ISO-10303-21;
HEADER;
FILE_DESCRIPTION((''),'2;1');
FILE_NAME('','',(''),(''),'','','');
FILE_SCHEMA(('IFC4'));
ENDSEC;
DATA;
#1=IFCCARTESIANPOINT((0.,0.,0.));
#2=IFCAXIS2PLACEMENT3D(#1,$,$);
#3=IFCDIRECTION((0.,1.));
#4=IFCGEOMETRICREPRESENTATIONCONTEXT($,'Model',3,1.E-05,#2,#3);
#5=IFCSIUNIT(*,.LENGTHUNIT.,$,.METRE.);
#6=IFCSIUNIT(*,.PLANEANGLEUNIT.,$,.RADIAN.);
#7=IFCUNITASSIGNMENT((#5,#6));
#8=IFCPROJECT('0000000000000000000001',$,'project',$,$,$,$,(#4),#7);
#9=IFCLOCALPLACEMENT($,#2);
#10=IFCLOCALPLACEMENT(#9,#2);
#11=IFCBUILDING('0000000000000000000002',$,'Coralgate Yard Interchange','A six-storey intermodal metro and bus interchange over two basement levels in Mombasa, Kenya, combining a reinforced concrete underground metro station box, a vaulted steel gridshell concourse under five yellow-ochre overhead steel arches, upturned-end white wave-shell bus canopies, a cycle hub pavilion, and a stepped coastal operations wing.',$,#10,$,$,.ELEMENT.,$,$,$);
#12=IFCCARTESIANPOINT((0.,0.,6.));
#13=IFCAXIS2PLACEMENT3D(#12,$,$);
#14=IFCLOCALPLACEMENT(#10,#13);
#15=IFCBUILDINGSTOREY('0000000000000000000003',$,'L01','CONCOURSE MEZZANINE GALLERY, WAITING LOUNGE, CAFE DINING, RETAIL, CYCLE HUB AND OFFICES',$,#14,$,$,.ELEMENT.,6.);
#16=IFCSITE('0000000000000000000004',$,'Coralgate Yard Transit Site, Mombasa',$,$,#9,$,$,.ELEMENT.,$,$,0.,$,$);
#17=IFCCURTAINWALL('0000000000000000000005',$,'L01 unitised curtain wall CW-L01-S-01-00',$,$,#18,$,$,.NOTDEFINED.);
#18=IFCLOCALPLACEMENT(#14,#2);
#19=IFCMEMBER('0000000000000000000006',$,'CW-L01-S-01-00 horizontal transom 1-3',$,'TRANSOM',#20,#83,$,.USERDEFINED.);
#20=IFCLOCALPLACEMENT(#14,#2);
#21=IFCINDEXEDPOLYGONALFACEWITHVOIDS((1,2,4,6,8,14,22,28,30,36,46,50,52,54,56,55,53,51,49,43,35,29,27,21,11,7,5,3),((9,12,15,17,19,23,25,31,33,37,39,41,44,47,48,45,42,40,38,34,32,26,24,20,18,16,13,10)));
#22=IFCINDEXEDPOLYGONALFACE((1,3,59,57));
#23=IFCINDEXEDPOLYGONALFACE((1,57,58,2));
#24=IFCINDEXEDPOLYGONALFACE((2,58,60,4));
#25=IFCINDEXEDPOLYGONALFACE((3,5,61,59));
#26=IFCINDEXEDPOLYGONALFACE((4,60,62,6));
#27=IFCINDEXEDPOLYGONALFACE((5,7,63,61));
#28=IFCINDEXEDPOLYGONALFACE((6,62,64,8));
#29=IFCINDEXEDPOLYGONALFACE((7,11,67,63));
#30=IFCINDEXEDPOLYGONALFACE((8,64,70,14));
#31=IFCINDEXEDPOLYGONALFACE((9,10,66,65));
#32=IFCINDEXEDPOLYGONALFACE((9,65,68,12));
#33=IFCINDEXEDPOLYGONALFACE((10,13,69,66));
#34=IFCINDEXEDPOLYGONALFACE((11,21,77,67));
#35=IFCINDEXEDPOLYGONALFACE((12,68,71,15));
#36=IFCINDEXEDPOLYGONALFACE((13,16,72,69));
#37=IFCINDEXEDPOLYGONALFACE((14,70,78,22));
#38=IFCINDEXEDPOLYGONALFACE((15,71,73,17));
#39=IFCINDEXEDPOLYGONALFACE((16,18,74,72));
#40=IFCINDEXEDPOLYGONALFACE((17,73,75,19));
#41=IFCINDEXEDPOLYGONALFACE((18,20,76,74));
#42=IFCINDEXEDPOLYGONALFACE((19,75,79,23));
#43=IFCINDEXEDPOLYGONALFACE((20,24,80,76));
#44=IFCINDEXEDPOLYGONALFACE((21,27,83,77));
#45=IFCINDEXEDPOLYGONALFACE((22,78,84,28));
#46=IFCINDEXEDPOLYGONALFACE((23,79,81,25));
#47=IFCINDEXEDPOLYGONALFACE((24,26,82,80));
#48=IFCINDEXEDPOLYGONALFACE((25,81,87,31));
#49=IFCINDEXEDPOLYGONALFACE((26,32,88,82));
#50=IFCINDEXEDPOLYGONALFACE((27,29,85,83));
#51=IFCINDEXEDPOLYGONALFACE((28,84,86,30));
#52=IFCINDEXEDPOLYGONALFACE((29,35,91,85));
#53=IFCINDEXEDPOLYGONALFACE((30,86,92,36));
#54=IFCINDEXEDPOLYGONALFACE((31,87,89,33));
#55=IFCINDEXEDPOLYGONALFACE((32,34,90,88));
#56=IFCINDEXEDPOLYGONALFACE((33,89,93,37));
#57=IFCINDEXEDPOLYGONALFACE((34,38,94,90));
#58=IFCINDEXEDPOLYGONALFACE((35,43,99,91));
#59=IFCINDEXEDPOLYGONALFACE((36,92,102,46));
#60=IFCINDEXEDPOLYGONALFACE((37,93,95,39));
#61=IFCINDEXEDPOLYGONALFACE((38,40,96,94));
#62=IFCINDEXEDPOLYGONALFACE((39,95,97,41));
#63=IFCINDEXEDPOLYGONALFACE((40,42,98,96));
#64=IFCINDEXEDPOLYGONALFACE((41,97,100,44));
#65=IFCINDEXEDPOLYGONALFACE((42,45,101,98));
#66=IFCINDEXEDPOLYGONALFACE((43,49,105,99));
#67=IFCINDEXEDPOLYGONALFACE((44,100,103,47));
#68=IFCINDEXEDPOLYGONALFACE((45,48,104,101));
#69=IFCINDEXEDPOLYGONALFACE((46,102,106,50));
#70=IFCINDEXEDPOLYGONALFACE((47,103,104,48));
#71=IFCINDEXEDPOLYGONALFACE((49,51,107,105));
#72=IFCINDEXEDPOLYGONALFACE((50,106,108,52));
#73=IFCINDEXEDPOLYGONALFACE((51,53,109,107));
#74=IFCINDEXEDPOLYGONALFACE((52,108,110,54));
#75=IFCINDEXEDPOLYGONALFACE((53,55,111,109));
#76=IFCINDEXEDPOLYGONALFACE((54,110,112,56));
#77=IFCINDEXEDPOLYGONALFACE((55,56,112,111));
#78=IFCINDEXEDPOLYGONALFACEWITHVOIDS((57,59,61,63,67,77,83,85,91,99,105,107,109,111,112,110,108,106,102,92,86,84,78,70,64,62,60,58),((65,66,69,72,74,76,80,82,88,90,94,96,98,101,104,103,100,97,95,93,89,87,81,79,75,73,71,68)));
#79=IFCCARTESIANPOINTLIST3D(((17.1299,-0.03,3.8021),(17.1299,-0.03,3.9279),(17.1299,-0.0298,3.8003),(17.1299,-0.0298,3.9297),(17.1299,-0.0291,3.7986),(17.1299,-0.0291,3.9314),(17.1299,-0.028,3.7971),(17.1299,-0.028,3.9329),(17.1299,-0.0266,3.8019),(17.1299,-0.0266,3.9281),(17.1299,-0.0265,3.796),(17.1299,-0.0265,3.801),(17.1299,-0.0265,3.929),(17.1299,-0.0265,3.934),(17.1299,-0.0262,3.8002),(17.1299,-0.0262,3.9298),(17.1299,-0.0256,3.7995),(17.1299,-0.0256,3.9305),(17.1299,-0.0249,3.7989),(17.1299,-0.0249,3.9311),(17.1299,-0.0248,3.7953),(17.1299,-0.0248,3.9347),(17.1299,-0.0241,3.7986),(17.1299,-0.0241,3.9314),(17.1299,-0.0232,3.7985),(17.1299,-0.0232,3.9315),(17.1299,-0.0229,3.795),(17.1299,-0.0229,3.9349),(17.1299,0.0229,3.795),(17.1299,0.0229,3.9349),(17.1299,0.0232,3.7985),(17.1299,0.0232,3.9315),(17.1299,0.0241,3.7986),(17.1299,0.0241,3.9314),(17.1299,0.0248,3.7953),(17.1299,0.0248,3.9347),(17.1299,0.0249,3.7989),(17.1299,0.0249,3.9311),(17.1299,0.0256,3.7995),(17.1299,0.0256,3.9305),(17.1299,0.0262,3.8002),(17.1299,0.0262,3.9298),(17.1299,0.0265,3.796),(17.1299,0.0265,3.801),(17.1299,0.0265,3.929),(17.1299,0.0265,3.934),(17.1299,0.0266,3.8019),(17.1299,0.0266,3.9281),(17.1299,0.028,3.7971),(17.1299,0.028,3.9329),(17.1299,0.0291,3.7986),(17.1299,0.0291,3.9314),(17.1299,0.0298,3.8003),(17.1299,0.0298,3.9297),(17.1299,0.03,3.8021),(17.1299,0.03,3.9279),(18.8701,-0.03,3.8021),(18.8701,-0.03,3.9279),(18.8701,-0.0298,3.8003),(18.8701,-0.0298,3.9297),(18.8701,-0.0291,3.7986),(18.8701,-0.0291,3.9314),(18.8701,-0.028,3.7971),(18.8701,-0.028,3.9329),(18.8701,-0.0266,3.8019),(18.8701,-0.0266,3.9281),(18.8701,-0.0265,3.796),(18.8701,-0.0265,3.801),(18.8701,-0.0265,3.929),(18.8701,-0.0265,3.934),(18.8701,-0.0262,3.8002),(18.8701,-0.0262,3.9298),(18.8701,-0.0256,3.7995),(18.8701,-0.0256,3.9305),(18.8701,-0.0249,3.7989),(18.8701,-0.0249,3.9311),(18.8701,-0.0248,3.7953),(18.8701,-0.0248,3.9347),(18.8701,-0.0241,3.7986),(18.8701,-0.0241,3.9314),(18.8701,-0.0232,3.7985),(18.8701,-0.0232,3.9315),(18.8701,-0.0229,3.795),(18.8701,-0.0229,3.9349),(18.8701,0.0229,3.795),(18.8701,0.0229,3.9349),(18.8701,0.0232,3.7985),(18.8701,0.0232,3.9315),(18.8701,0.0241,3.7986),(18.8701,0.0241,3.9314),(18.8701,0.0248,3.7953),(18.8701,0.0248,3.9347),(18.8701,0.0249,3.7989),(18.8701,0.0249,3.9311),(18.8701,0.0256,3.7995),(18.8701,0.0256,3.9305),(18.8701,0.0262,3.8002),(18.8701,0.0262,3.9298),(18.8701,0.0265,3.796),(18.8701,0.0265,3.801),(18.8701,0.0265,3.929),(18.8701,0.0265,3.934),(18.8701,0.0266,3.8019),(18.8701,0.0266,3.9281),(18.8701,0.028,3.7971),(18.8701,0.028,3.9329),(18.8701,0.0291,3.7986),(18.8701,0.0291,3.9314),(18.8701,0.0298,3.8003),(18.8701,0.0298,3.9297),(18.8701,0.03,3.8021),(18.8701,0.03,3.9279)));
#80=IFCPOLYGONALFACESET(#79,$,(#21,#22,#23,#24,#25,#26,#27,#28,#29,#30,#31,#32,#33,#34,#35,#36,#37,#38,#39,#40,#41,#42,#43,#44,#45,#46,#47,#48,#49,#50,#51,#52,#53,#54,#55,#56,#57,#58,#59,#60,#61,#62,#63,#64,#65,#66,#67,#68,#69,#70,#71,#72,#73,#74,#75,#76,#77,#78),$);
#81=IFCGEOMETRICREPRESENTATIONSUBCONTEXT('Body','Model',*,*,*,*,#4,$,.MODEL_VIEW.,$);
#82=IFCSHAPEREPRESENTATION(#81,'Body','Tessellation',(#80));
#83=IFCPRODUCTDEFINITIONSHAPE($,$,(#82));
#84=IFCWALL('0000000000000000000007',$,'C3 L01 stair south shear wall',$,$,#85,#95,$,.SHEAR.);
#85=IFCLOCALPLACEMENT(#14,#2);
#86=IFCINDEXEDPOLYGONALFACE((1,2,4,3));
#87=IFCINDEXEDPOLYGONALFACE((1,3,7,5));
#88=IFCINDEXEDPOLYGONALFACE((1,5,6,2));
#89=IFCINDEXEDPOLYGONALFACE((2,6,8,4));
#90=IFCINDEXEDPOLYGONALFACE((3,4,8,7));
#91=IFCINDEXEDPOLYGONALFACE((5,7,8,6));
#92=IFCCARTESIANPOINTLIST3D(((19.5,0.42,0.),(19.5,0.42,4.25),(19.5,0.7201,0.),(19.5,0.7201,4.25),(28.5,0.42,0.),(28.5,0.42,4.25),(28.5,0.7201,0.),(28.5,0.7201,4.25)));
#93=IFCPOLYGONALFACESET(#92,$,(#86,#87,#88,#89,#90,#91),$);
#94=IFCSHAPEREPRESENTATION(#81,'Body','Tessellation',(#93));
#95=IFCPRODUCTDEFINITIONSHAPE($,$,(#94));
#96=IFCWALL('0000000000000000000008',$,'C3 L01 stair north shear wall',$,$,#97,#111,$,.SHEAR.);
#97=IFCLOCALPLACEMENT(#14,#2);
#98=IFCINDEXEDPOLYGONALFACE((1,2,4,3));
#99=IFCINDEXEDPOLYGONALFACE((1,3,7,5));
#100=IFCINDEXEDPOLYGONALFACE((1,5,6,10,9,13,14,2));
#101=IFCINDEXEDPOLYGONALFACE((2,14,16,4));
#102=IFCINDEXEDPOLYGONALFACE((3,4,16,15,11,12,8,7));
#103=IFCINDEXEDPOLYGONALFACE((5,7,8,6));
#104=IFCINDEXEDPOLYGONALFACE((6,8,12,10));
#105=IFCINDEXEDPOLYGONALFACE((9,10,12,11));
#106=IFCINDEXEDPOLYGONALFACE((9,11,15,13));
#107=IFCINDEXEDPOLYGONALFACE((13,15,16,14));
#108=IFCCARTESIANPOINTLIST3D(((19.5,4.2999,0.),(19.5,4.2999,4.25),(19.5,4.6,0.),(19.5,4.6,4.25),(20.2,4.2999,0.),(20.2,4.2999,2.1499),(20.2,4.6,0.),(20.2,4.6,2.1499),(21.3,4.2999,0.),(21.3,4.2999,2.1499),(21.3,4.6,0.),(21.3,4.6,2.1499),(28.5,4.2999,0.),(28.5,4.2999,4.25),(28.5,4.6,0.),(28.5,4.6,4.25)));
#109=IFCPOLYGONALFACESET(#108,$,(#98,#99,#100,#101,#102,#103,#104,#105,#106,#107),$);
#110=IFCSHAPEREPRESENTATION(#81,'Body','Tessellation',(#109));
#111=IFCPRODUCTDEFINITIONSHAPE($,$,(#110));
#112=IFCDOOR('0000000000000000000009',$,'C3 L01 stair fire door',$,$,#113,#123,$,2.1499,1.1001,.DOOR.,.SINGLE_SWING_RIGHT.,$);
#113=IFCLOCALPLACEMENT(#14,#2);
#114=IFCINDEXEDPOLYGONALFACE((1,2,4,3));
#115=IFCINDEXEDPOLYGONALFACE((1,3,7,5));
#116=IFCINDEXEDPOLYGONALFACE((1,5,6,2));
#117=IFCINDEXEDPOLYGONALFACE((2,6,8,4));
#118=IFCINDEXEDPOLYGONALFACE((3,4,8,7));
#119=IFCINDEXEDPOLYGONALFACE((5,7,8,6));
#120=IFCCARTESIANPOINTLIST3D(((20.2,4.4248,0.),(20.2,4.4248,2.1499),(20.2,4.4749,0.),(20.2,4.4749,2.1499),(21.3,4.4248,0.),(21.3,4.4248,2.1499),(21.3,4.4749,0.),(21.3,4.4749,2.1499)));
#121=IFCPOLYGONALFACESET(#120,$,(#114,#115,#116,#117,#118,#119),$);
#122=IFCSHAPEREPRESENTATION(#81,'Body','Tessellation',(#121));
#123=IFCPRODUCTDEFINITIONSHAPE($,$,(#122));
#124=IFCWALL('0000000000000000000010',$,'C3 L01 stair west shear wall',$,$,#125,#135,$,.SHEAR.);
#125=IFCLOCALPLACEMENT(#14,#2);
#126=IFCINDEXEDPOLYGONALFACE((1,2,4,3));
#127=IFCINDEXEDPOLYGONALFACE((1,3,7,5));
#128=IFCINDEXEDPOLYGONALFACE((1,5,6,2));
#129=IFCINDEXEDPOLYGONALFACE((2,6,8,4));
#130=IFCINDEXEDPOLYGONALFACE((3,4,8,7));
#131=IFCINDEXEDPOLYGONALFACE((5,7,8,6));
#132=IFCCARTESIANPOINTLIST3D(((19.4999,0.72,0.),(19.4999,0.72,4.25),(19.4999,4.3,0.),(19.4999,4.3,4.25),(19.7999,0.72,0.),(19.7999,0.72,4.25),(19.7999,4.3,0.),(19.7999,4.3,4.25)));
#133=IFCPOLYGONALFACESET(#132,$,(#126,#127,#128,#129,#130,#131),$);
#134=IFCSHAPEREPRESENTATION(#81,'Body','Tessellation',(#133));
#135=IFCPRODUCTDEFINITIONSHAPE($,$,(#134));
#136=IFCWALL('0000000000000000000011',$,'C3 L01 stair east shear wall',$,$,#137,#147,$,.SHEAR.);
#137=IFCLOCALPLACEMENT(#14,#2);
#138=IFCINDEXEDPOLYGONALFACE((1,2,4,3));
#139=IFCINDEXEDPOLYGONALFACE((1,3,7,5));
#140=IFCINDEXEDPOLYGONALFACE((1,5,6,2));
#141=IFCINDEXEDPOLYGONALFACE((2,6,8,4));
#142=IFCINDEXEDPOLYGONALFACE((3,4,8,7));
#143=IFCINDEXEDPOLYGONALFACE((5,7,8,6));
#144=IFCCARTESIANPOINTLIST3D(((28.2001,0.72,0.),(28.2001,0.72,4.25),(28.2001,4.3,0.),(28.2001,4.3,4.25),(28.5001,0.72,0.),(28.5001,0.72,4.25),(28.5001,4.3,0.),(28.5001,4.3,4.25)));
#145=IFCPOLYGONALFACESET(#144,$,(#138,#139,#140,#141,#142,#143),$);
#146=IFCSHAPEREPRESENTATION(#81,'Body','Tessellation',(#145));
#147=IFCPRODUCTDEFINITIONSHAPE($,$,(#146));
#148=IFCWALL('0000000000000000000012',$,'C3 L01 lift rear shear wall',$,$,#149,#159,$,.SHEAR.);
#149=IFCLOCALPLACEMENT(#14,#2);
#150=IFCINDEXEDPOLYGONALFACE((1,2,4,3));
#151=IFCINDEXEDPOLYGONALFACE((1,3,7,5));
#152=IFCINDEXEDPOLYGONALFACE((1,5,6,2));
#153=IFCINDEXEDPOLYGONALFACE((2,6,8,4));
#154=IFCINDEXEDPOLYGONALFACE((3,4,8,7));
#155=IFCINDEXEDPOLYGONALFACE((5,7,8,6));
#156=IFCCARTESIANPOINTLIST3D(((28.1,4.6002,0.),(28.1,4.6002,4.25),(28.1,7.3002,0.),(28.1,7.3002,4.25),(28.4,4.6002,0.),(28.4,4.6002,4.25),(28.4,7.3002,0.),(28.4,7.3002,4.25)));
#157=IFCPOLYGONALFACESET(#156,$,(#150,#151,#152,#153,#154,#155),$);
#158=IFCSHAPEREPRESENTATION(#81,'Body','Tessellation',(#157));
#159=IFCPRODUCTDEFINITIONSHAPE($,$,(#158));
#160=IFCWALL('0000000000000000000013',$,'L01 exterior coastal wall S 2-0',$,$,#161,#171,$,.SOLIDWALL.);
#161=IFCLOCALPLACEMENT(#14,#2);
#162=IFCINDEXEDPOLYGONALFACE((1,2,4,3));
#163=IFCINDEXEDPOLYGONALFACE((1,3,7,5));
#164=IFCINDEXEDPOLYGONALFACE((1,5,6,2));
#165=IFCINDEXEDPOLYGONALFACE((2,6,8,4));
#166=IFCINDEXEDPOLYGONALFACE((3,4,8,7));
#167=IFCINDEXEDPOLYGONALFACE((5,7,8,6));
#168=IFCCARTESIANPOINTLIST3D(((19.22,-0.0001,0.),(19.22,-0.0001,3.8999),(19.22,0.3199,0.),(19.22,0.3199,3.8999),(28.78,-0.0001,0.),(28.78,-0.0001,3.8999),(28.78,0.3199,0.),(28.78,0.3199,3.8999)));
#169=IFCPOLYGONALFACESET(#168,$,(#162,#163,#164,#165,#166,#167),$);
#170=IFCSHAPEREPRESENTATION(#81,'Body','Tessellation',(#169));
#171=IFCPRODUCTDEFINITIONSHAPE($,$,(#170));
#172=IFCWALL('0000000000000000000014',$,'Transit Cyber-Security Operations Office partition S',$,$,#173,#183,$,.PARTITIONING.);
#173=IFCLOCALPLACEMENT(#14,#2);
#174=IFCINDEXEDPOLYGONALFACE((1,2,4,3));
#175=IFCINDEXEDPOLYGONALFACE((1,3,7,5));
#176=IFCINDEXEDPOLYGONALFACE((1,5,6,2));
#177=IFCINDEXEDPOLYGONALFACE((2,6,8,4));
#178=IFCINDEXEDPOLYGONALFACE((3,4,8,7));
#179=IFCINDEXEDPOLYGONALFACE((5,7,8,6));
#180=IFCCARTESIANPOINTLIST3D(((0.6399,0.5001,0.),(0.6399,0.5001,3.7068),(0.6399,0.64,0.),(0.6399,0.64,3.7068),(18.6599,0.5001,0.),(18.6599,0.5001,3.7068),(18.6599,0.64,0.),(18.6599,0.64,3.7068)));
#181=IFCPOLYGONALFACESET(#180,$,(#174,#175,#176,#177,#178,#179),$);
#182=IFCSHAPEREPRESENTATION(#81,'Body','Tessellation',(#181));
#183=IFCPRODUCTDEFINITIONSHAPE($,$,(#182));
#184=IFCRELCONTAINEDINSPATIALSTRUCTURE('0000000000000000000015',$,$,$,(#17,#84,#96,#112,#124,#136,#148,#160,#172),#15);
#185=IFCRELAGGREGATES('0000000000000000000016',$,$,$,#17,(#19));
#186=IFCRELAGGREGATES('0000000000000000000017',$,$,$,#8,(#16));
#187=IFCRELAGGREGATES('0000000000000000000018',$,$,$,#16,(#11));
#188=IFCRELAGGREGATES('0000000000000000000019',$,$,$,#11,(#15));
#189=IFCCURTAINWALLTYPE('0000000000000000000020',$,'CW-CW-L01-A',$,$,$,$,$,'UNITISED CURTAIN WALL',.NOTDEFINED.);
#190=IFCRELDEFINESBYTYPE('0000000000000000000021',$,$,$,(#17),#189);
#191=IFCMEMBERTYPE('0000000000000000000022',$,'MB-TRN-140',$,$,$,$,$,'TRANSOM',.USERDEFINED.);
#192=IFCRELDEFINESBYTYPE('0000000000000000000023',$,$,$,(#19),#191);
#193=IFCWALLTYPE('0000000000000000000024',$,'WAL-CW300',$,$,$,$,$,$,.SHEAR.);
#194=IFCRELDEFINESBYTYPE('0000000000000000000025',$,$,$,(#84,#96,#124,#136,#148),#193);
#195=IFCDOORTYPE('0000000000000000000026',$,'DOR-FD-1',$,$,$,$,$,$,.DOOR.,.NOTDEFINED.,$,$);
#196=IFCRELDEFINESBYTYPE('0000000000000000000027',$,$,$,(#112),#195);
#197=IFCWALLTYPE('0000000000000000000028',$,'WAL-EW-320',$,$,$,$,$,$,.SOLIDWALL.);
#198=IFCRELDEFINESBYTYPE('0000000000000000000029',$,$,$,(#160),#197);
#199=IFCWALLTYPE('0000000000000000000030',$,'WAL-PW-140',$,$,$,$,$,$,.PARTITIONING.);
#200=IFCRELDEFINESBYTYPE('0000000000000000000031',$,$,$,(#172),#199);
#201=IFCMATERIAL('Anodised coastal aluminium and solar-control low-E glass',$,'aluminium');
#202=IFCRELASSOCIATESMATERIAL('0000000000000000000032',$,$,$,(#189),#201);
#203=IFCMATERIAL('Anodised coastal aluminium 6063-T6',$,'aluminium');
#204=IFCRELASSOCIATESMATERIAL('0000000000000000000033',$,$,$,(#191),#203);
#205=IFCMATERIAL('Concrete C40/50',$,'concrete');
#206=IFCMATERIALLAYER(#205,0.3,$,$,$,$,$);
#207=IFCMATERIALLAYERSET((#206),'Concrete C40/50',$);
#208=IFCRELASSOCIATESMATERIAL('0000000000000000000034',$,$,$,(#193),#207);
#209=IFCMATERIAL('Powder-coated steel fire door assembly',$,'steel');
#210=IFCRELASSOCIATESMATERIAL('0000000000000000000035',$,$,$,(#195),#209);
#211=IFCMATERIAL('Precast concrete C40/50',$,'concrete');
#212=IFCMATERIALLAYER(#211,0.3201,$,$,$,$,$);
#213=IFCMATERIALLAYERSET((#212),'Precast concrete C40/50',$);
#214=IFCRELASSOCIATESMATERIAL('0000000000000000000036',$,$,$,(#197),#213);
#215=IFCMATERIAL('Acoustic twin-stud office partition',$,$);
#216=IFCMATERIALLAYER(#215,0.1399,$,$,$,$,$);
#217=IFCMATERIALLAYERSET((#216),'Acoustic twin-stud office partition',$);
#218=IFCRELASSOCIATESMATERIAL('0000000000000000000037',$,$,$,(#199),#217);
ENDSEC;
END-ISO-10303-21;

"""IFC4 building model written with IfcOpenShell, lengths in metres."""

from ifc_helpers import new_model, si_unit, direction, frame, frame_2d, origin, origin_2d, place, context, subcontext, project, spatial, rectangle, hollow_rectangle, extrude, material, layer, layer_set, material_profile, profile_set, type_object, element, fill, aggregate, save


model = new_model("IFC4")

# Units and contexts
model_context = context("Model", 3, precision=1e-05, world=origin(), true_north=direction((0.0, 1.0)))
body_context = subcontext(model_context, "Body", "Model", "MODEL_VIEW")
ifc_project = project(units=[si_unit("LENGTHUNIT", "METRE"), si_unit("PLANEANGLEUNIT", "RADIAN")], contexts=[model_context])

# Site, building, storey
site_placement = place(None, origin())
site = spatial("IfcSite", under=ifc_project, at=site_placement, Name="Coralgate Yard Transit Site, Mombasa", CompositionType="ELEMENT", RefElevation=0.0)
building_placement = place(site_placement, origin())
building = spatial("IfcBuilding", under=site, at=building_placement, Name="Coralgate Yard Interchange", Description="A six-storey intermodal metro and bus interchange over two basement levels in Mombasa, Kenya, combining a reinforced concrete underground metro station box, a vaulted steel gridshell concourse under five yellow-ochre overhead steel arches, upturned-end white wave-shell bus canopies, a cycle hub pavilion, and a stepped coastal operations wing.", CompositionType="ELEMENT")
storey_placement = place(building_placement, frame((0.0, 0.0, 6.0)))
storey = spatial("IfcBuildingStorey", under=building, at=storey_placement, Name="L01", Description="CONCOURSE MEZZANINE GALLERY, WAITING LOUNGE, CAFE DINING, RETAIL, CYCLE HUB AND OFFICES", CompositionType="ELEMENT", Elevation=6.0)

# Curtain wall, member
ifc_material_1 = material(Name="Anodised coastal aluminium and solar-control low-E glass", Category="aluminium")
curtain_wall_type = type_object("IfcCurtainWallType", Name="CW-CW-L01-A", ElementType="UNITISED CURTAIN WALL", PredefinedType="NOTDEFINED", material=ifc_material_1)
curtain_wall_placement = place(storey_placement, origin())
curtain_wall = element("IfcCurtainWall", 1, at=curtain_wall_placement, inside=storey, type_object=curtain_wall_type, Name="L01 unitised curtain wall CW-L01-S-01-00", PredefinedType="NOTDEFINED")
ifc_material_2 = material(Name="Anodised coastal aluminium 6063-T6", Category="aluminium")
ifc_material_profile_1 = material_profile(ifc_material_2, hollow_rectangle(XDim=0.0601, YDim=0.1399, WallThickness=0.0034, InnerFilletRadius=0.0034, OuterFilletRadius=0.0071, at=origin_2d()), Name="ALU 60x140x3.5")
ifc_profile_set_1 = profile_set([ifc_material_profile_1], Name="Anodised coastal aluminium 6063-T6")
member_type_1 = type_object("IfcMemberType", Name="MB-TRN-140", ElementType="TRANSOM", PredefinedType="USERDEFINED", material=ifc_profile_set_1)
member_1_placement = place(storey_placement, frame((18.8701, 0.0, 3.865), z_axis=(-1.0, 0.0, 0.0), x_axis=(0.0, -1.0, 0.0)))
member_1 = element("IfcMember", 2, at=member_1_placement, type_object=member_type_1, Name="CW-L01-S-01-00 horizontal transom 1-3", ObjectType="TRANSOM", PredefinedType="USERDEFINED", context=body_context, shape_type="SweptSolid", body=[
    extrude(hollow_rectangle(XDim=0.0601, YDim=0.1399, WallThickness=0.0034, InnerFilletRadius=0.0034, OuterFilletRadius=0.0071, at=origin_2d()), origin(), (0.0, 0.0, 1.0), 1.7402),
])
aggregate(curtain_wall, [member_1])

# Wall
ifc_material_3 = material(Name="Concrete C40/50", Category="concrete")
ifc_layer_1 = layer(ifc_material_3, 0.3)
ifc_layer_set_1 = layer_set([ifc_layer_1], Name="Concrete C40/50")
wall_type_1 = type_object("IfcWallType", Name="WAL-CW300", PredefinedType="SHEAR", material=ifc_layer_set_1)
wall_1_placement = place(storey_placement, frame((19.5, 0.5701, 0.0), z_axis=(0.0, 0.0, 1.0), x_axis=(1.0, 0.0, 0.0)))
element("IfcWall", 3, at=wall_1_placement, inside=storey, type_object=wall_type_1, Name="C3 L01 stair south shear wall", PredefinedType="SHEAR", context=body_context, shape_type="SweptSolid", body=[
    extrude(rectangle(XDim=9.0, YDim=0.3, at=frame_2d((4.5, 0.0))), origin(), (0.0, 0.0, 1.0), 4.25),
])

# Wall, opening, door
wall_2_placement = place(storey_placement, frame((28.5, 4.45, 0.0), z_axis=(0.0, 0.0, 1.0), x_axis=(-1.0, 0.0, 0.0)))
wall_2 = element("IfcWall", 4, at=wall_2_placement, inside=storey, type_object=wall_type_1, Name="C3 L01 stair north shear wall", PredefinedType="SHEAR", context=body_context, shape_type="SweptSolid", body=[
    extrude(rectangle(XDim=9.0, YDim=0.3, at=frame_2d((4.5, 0.0))), origin(), (0.0, 0.0, 1.0), 4.25),
])
opening_placement = place(wall_2_placement, frame((7.2, 0.0, 0.0)))
opening = element("IfcOpeningElement", 5, at=opening_placement, cuts=wall_2, PredefinedType="OPENING", context=body_context, shape_type="SweptSolid", body=[
    extrude(rectangle(XDim=1.1001, YDim=2.1499, at=frame_2d((0.55, 1.075))), frame((0.0, 0.1599, 0.0), z_axis=(0.0, -1.0, 0.0), x_axis=(1.0, 0.0, 0.0)), (0.0, 0.0, 1.0), 0.3201),
])
ifc_material_4 = material(Name="Powder-coated steel fire door assembly", Category="steel")
door_type = type_object("IfcDoorType", Name="DOR-FD-1", OperationType="NOTDEFINED", PredefinedType="DOOR", material=ifc_material_4)
door_placement = place(opening_placement, frame((1.1001, 0.0, 0.0), z_axis=(0.0, 0.0, 1.0), x_axis=(-1.0, 0.0, 0.0)))
door = element("IfcDoor", 6, at=door_placement, inside=storey, type_object=door_type, Name="C3 L01 stair fire door", OperationType="SINGLE_SWING_RIGHT", OverallHeight=2.1499, OverallWidth=1.1001, PredefinedType="DOOR", context=body_context, shape_type="SweptSolid", body=[
    extrude(rectangle(XDim=1.1001, YDim=2.1499, at=frame_2d((0.55, 1.075))), frame((0.0, 0.0249, 0.0), z_axis=(0.0, -1.0, 0.0), x_axis=(1.0, 0.0, 0.0)), (0.0, 0.0, 1.0), 0.05),
])
fill(opening, door)

# Walls
for number, where, z_axis, x_axis, name in (
    (7, (19.6499, 0.72, 0.0), (0.0, 0.0, 1.0), (0.0, 1.0, 0.0), "C3 L01 stair west shear wall"),
    (8, (28.3501, 4.3, 0.0), (0.0, 0.0, 1.0), (0.0, -1.0, 0.0), "C3 L01 stair east shear wall"),
):
    element("IfcWall", number, at=place(storey_placement, frame(where, z_axis=z_axis, x_axis=x_axis)), inside=storey, type_object=wall_type_1, Name=name, PredefinedType="SHEAR", context=body_context, shape_type="SweptSolid", body=[
        extrude(rectangle(XDim=3.5801, YDim=0.3, at=frame_2d((1.79, 0.0))), origin(), (0.0, 0.0, 1.0), 4.25),
    ])
wall_3_placement = place(storey_placement, frame((28.25, 4.6001, 0.0), z_axis=(0.0, 0.0, 1.0), x_axis=(0.0, 1.0, 0.0)))
element("IfcWall", 9, at=wall_3_placement, inside=storey, type_object=wall_type_1, Name="C3 L01 lift rear shear wall", PredefinedType="SHEAR", context=body_context, shape_type="SweptSolid", body=[
    extrude(rectangle(XDim=2.7, YDim=0.3, at=frame_2d((1.3501, 0.0))), origin(), (0.0, 0.0, 1.0), 4.25),
])
ifc_material_5 = material(Name="Precast concrete C40/50", Category="concrete")
ifc_layer_2 = layer(ifc_material_5, 0.3201)
ifc_layer_set_2 = layer_set([ifc_layer_2], Name="Precast concrete C40/50")
wall_type_2 = type_object("IfcWallType", Name="WAL-EW-320", PredefinedType="SOLIDWALL", material=ifc_layer_set_2)
wall_4_placement = place(storey_placement, frame((28.78, 0.1599, 0.0), z_axis=(0.0, 0.0, 1.0), x_axis=(-1.0, 0.0, 0.0)))
element("IfcWall", 10, at=wall_4_placement, inside=storey, type_object=wall_type_2, Name="L01 exterior coastal wall S 2-0", PredefinedType="SOLIDWALL", context=body_context, shape_type="SweptSolid", body=[
    extrude(rectangle(XDim=9.5601, YDim=0.3201, at=frame_2d((4.78, 0.0))), origin(), (0.0, 0.0, 1.0), 3.8999),
])
ifc_material_6 = material(Name="Acoustic twin-stud office partition")
ifc_layer_3 = layer(ifc_material_6, 0.1399)
ifc_layer_set_3 = layer_set([ifc_layer_3], Name="Acoustic twin-stud office partition")
wall_type_3 = type_object("IfcWallType", Name="WAL-PW-140", PredefinedType="PARTITIONING", material=ifc_layer_set_3)
wall_5_placement = place(storey_placement, frame((18.6599, 0.5701, 0.0), z_axis=(0.0, 0.0, 1.0), x_axis=(-1.0, 0.0, 0.0)))
element("IfcWall", 11, at=wall_5_placement, inside=storey, type_object=wall_type_3, Name="Transit Cyber-Security Operations Office partition S", PredefinedType="PARTITIONING", context=body_context, shape_type="SweptSolid", body=[
    extrude(rectangle(XDim=18.02, YDim=0.1399, at=frame_2d((9.01, 0.0))), origin(), (0.0, 0.0, 1.0), 3.7068),
])

save(model, "model.ifc")
